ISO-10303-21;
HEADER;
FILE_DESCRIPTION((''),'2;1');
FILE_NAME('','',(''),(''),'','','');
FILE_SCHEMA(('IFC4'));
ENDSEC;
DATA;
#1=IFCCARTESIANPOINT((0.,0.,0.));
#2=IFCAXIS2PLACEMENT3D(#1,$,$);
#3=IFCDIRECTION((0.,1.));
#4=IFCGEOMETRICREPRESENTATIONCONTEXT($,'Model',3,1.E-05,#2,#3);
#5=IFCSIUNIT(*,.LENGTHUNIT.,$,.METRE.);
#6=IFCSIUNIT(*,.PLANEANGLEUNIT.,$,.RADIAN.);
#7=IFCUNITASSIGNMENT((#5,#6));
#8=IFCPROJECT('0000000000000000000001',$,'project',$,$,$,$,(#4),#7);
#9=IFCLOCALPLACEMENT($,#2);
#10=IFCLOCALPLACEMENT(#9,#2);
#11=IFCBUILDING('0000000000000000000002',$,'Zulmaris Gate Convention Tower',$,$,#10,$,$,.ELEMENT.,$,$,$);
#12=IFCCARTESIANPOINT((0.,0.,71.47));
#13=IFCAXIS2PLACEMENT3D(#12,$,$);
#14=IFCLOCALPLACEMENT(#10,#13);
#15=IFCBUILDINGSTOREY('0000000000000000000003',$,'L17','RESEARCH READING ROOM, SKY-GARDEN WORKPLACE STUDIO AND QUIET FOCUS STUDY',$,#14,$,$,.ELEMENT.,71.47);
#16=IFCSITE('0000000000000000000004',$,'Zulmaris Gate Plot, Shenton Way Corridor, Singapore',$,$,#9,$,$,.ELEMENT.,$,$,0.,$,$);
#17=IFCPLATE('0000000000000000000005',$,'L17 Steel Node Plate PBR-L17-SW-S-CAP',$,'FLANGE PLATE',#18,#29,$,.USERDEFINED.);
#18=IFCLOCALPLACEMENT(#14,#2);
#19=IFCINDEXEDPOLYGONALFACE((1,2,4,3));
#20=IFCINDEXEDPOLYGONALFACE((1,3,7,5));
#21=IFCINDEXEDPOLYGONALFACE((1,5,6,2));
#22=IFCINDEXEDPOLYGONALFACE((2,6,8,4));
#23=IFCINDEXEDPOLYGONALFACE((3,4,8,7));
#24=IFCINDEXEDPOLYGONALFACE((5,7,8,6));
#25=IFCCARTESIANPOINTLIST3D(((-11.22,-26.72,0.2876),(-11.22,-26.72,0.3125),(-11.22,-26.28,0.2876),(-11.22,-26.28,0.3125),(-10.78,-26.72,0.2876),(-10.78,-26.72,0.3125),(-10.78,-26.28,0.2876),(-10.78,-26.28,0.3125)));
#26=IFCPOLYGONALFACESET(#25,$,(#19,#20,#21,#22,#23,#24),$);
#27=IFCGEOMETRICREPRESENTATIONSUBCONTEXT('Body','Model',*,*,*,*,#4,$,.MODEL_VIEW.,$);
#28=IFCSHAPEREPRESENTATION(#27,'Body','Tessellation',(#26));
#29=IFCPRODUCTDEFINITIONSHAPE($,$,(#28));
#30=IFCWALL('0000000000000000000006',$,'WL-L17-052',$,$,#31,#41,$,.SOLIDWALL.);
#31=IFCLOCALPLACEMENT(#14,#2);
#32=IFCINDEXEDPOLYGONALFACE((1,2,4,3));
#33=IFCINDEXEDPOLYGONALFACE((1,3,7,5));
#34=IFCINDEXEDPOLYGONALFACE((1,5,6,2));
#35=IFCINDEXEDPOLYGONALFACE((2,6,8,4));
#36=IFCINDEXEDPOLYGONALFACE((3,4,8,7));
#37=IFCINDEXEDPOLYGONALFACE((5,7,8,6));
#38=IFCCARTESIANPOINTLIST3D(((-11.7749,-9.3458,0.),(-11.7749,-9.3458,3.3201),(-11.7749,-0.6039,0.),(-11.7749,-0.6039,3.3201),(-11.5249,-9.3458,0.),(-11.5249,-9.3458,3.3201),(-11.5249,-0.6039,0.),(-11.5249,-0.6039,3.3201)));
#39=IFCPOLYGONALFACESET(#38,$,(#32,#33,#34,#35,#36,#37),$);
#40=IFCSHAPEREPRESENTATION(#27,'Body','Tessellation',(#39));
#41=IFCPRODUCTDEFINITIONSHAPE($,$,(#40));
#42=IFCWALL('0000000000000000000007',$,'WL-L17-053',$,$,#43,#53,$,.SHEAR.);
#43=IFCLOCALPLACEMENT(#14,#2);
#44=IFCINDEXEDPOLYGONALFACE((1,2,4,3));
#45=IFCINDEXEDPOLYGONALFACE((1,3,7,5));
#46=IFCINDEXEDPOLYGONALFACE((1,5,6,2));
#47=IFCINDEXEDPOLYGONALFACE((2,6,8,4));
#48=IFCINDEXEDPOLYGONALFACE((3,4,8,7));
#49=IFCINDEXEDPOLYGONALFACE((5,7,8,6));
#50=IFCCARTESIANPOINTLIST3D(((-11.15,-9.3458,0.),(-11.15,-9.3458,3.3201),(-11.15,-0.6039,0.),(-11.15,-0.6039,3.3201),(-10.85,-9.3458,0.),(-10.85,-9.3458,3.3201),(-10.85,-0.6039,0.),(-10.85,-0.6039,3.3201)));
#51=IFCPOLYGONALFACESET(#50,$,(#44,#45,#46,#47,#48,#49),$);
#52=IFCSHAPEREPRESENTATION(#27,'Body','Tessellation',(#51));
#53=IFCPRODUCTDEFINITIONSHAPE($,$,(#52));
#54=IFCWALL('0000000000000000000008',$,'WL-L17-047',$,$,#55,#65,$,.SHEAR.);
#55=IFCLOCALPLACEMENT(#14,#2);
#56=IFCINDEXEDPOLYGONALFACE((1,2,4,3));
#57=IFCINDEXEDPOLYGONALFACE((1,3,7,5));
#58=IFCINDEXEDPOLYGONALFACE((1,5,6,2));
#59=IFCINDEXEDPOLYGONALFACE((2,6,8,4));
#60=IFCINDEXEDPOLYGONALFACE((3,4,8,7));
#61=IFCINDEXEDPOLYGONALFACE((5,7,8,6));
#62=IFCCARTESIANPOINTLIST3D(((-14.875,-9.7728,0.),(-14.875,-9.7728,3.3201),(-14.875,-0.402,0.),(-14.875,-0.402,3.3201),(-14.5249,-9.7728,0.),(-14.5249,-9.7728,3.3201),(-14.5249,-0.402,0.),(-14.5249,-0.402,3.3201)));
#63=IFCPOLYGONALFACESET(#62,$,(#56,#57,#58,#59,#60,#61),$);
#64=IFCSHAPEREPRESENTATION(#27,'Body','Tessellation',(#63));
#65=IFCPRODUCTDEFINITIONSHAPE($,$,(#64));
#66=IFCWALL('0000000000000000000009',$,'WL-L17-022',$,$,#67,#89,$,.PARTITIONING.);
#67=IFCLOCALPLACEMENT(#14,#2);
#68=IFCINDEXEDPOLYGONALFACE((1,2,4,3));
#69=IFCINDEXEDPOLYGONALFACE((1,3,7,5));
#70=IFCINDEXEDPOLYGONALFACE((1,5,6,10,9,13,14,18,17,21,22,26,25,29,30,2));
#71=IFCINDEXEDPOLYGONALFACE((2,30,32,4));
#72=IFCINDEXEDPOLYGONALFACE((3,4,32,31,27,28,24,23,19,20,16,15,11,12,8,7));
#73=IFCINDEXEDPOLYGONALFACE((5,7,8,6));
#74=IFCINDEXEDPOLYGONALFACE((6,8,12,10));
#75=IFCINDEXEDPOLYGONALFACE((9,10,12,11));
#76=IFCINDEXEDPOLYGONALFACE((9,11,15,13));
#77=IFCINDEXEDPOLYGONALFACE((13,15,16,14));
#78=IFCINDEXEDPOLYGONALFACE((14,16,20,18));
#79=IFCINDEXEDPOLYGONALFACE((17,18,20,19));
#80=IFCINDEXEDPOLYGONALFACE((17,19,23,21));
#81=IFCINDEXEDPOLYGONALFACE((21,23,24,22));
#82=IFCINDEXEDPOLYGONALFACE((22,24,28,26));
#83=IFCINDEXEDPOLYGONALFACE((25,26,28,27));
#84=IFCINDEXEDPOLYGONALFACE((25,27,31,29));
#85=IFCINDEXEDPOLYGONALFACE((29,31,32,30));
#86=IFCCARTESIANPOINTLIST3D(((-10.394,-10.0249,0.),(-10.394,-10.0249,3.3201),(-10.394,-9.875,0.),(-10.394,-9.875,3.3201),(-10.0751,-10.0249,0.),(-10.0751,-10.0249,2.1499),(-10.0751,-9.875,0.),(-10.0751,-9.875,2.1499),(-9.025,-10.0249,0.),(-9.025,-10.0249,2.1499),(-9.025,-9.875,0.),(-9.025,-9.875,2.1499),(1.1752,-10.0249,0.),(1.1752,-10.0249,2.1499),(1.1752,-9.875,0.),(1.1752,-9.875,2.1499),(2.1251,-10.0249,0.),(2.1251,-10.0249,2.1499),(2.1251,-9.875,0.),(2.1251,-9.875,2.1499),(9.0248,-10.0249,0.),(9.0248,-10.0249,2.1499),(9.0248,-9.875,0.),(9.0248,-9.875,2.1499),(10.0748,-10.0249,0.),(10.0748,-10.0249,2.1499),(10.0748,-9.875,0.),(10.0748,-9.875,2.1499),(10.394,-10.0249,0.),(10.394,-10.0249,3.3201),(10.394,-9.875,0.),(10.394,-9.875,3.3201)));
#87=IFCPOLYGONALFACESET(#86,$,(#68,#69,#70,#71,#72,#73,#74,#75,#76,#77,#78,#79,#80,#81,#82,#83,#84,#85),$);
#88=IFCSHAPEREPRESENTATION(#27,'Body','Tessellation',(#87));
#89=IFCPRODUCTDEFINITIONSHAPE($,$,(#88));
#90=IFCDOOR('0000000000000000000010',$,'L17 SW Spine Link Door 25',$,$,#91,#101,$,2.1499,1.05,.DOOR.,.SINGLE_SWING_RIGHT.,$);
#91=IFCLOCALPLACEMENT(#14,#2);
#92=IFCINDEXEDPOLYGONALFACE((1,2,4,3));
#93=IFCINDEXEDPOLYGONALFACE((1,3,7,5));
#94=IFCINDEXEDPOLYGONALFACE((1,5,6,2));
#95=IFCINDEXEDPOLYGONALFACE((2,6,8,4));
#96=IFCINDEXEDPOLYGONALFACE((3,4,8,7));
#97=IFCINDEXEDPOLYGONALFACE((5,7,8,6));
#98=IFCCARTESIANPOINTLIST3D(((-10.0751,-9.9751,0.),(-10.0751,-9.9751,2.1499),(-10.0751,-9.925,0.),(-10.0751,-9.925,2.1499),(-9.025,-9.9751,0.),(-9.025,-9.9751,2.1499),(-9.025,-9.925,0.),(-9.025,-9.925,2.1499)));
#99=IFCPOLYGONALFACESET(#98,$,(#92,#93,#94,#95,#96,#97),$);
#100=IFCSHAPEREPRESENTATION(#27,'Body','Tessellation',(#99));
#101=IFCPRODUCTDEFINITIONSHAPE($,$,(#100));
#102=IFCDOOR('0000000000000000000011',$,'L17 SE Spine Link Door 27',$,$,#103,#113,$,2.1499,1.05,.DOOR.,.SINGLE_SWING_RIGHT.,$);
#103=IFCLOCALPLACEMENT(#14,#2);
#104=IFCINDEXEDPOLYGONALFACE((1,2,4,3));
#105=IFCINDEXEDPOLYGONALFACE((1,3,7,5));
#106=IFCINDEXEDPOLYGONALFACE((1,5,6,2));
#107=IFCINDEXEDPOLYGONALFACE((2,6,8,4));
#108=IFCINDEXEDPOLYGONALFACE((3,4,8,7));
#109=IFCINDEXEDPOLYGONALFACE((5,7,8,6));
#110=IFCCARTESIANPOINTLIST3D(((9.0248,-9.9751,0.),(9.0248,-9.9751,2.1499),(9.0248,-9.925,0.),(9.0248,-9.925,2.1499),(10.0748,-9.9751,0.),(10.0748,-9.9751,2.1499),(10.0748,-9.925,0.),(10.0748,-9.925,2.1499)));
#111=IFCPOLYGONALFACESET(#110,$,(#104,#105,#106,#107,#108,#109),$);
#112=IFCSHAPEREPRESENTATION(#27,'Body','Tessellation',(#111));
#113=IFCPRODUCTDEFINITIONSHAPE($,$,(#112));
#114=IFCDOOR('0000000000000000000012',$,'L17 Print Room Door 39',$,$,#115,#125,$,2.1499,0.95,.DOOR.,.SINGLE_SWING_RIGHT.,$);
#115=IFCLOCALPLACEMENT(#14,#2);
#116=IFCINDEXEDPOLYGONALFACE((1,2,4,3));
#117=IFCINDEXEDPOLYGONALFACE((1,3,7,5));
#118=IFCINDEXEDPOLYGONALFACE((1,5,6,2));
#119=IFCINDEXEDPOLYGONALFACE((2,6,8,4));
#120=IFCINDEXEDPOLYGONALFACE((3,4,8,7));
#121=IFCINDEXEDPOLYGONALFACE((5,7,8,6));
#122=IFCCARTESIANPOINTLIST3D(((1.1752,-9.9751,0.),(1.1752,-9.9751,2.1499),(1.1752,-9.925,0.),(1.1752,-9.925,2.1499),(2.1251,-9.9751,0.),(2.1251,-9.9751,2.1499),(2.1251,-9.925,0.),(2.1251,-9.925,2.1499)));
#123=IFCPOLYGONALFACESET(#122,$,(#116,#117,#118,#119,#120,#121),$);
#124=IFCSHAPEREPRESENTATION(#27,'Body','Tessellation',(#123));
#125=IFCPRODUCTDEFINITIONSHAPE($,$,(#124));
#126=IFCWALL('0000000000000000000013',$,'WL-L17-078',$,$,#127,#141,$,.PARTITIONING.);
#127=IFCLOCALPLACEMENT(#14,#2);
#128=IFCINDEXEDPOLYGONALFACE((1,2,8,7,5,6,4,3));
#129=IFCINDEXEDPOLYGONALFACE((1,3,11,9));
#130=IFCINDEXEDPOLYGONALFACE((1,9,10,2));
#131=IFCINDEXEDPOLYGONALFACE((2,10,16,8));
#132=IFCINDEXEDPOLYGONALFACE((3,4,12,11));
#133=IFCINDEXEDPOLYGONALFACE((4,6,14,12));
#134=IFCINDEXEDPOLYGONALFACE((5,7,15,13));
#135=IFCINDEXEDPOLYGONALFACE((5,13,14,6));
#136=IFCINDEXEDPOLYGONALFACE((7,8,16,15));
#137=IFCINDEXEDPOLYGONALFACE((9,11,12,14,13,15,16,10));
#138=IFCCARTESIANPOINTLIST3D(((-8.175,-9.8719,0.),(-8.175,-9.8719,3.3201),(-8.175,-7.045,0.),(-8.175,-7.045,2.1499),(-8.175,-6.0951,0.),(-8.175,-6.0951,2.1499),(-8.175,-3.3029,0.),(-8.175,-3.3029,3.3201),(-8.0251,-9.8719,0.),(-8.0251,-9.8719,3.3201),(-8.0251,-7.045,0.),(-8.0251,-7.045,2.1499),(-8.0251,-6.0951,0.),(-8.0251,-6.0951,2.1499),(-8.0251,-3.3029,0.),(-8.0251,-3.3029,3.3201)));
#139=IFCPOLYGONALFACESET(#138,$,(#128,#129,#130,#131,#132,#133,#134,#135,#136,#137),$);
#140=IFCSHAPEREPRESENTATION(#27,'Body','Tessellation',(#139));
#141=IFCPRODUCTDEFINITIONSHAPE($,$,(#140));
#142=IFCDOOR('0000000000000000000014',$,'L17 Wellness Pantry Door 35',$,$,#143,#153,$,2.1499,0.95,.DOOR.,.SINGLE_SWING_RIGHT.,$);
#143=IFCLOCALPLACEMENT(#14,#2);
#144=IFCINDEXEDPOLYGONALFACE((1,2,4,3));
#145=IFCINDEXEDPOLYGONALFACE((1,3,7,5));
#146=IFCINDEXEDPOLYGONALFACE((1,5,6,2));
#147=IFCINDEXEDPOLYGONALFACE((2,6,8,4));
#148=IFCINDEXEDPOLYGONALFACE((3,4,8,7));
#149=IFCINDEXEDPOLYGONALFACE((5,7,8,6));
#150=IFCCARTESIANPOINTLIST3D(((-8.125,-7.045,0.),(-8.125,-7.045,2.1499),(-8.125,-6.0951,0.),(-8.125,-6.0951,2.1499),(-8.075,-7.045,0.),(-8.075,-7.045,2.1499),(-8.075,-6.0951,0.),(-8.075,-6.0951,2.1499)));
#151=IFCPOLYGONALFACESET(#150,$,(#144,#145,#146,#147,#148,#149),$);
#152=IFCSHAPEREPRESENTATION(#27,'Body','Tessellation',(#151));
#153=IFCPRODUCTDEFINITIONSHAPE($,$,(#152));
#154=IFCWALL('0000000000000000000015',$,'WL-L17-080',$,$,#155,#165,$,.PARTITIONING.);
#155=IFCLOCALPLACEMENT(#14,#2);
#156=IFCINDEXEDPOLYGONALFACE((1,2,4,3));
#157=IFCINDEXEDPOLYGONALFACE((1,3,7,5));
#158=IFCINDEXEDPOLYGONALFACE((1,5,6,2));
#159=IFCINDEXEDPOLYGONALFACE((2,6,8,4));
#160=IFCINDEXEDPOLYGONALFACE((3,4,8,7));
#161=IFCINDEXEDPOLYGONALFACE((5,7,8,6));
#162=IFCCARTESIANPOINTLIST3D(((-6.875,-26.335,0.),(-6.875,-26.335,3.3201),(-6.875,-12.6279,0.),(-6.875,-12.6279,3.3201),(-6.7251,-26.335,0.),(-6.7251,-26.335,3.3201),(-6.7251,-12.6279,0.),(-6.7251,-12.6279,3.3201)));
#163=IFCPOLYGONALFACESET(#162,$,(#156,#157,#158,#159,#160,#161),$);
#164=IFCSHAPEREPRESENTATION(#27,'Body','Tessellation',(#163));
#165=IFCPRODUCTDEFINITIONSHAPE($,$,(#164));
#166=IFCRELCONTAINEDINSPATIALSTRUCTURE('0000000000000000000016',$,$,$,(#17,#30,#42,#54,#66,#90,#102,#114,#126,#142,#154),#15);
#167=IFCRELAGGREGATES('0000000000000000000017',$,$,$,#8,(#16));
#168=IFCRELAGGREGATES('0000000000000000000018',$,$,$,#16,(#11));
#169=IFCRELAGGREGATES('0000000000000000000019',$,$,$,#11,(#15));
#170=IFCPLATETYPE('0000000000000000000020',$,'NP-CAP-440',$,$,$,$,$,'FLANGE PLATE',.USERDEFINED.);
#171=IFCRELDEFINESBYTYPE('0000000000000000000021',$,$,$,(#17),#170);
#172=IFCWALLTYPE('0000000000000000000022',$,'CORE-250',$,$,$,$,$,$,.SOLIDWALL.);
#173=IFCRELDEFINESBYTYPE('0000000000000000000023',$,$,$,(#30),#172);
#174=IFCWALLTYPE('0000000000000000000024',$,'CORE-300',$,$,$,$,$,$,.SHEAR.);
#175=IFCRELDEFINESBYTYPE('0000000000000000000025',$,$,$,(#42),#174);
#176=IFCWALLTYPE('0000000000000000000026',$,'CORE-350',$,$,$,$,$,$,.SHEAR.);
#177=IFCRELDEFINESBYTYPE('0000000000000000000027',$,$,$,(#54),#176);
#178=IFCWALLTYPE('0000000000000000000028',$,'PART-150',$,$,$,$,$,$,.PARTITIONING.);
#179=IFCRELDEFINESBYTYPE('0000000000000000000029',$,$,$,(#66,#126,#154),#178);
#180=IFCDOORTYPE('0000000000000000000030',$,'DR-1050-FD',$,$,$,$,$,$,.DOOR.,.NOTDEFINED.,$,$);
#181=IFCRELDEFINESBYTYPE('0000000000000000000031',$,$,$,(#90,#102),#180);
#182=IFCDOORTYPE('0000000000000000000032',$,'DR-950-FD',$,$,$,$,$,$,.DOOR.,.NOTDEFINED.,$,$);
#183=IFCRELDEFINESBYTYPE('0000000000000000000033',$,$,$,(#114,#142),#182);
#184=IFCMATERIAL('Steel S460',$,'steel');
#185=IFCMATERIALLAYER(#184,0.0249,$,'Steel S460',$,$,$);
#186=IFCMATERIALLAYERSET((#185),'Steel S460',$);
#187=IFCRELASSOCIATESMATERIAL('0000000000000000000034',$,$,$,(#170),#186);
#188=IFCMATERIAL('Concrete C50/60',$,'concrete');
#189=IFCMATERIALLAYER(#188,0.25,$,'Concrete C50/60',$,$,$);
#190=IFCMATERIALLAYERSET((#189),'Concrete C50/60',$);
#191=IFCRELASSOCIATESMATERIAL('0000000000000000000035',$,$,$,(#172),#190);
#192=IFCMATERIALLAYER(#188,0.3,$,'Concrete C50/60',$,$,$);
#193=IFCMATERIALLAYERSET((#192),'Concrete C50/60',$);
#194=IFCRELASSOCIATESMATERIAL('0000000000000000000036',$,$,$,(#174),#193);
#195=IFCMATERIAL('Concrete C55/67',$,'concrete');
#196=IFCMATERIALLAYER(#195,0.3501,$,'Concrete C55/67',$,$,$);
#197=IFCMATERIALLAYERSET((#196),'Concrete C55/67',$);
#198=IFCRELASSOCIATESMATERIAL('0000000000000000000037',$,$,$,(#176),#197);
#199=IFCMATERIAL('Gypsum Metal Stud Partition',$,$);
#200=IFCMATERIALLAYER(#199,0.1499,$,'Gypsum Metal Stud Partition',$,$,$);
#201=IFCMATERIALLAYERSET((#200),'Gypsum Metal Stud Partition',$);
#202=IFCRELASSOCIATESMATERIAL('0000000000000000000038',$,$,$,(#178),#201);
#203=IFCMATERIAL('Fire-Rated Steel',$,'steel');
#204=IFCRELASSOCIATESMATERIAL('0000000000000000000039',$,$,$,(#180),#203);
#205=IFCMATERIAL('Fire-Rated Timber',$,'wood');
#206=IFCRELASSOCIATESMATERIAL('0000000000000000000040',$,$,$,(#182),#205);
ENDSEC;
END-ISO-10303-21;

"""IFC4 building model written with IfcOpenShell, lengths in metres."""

from ifc_helpers import new_model, si_unit, direction, frame, frame_2d, origin, origin_2d, place, context, subcontext, project, spatial, rectangle, extrude, material, layer, layer_set, type_object, element, fill, save


model = new_model("IFC4")

# Units and contexts
model_context = context("Model", 3, precision=1e-05, world=origin(), true_north=direction((0.0, 1.0)))
body_context = subcontext(model_context, "Body", "Model", "MODEL_VIEW")
ifc_project = project(units=[si_unit("LENGTHUNIT", "METRE"), si_unit("PLANEANGLEUNIT", "RADIAN")], contexts=[model_context])

# Site, building, storey
site_placement = place(None, origin())
site = spatial("IfcSite", under=ifc_project, at=site_placement, Name="Zulmaris Gate Plot, Shenton Way Corridor, Singapore", CompositionType="ELEMENT", RefElevation=0.0)
building_placement = place(site_placement, origin())
building = spatial("IfcBuilding", under=site, at=building_placement, Name="Zulmaris Gate Convention Tower", CompositionType="ELEMENT")
storey_placement = place(building_placement, frame((0.0, 0.0, 71.47)))
storey = spatial("IfcBuildingStorey", under=building, at=storey_placement, Name="L17", Description="RESEARCH READING ROOM, SKY-GARDEN WORKPLACE STUDIO AND QUIET FOCUS STUDY", CompositionType="ELEMENT", Elevation=71.47)

# Shared definitions
ifc_material_1 = material(Name="Steel S460", Category="steel")

# Plate
ifc_layer_1 = layer(ifc_material_1, 0.0249, Name="Steel S460")
ifc_layer_set_1 = layer_set([ifc_layer_1], Name="Steel S460")
plate_type = type_object("IfcPlateType", Name="NP-CAP-440", ElementType="FLANGE PLATE", PredefinedType="USERDEFINED", material=ifc_layer_set_1)
plate_placement = place(storey_placement, frame((-11.0, -26.5, 0.2876), z_axis=(0.0, 0.0, 1.0), x_axis=(1.0, 0.0, 0.0)))
element("IfcPlate", 1, at=plate_placement, inside=storey, type_object=plate_type, Name="L17 Steel Node Plate PBR-L17-SW-S-CAP", ObjectType="FLANGE PLATE", PredefinedType="USERDEFINED", context=body_context, shape_type="SweptSolid", body=[
    extrude(rectangle(XDim=0.4399, YDim=0.4399, at=origin_2d()), origin(), (0.0, 0.0, 1.0), 0.0249),
])

# Walls
ifc_material_2 = material(Name="Concrete C50/60", Category="concrete")
ifc_layer_2 = layer(ifc_material_2, 0.25, Name="Concrete C50/60")
ifc_layer_set_2 = layer_set([ifc_layer_2], Name="Concrete C50/60")
wall_type_1 = type_object("IfcWallType", Name="CORE-250", PredefinedType="SOLIDWALL", material=ifc_layer_set_2)
wall_1_placement = place(storey_placement, frame((-11.6499, -9.3459, 0.0), z_axis=(0.0, 0.0, 1.0), x_axis=(0.0, 1.0, 0.0)))
element("IfcWall", 2, at=wall_1_placement, inside=storey, type_object=wall_type_1, Name="WL-L17-052", PredefinedType="SOLIDWALL", context=body_context, shape_type="SweptSolid", body=[
    extrude(rectangle(XDim=8.7419, YDim=0.25, at=frame_2d((4.3711, 0.0))), origin(), (0.0, 0.0, 1.0), 3.3201),
])
ifc_layer_3 = layer(ifc_material_2, 0.3, Name="Concrete C50/60")
ifc_layer_set_3 = layer_set([ifc_layer_3], Name="Concrete C50/60")
wall_type_2 = type_object("IfcWallType", Name="CORE-300", PredefinedType="SHEAR", material=ifc_layer_set_3)
wall_2_placement = place(storey_placement, frame((-11.0, -9.3459, 0.0), z_axis=(0.0, 0.0, 1.0), x_axis=(0.0, 1.0, 0.0)))
element("IfcWall", 3, at=wall_2_placement, inside=storey, type_object=wall_type_2, Name="WL-L17-053", PredefinedType="SHEAR", context=body_context, shape_type="SweptSolid", body=[
    extrude(rectangle(XDim=8.7419, YDim=0.3, at=frame_2d((4.3711, 0.0))), origin(), (0.0, 0.0, 1.0), 3.3201),
])
ifc_material_3 = material(Name="Concrete C55/67", Category="concrete")
ifc_layer_4 = layer(ifc_material_3, 0.3501, Name="Concrete C55/67")
ifc_layer_set_4 = layer_set([ifc_layer_4], Name="Concrete C55/67")
wall_type_3 = type_object("IfcWallType", Name="CORE-350", PredefinedType="SHEAR", material=ifc_layer_set_4)
wall_3_placement = place(storey_placement, frame((-14.7, -9.7729, 0.0), z_axis=(0.0, 0.0, 1.0), x_axis=(0.0, 1.0, 0.0)))
element("IfcWall", 4, at=wall_3_placement, inside=storey, type_object=wall_type_3, Name="WL-L17-047", PredefinedType="SHEAR", context=body_context, shape_type="SweptSolid", body=[
    extrude(rectangle(XDim=9.3708, YDim=0.3501, at=frame_2d((4.6855, 0.0))), origin(), (0.0, 0.0, 1.0), 3.3201),
])

# Wall, openings, doors
ifc_material_4 = material(Name="Gypsum Metal Stud Partition")
ifc_layer_5 = layer(ifc_material_4, 0.1499, Name="Gypsum Metal Stud Partition")
ifc_layer_set_5 = layer_set([ifc_layer_5], Name="Gypsum Metal Stud Partition")
wall_type_4 = type_object("IfcWallType", Name="PART-150", PredefinedType="PARTITIONING", material=ifc_layer_set_5)
wall_4_placement = place(storey_placement, frame((-10.394, -9.95, 0.0), z_axis=(0.0, 0.0, 1.0), x_axis=(1.0, 0.0, 0.0)))
wall_4 = element("IfcWall", 5, at=wall_4_placement, inside=storey, type_object=wall_type_4, Name="WL-L17-022", PredefinedType="PARTITIONING", context=body_context, shape_type="SweptSolid", body=[
    extrude(rectangle(XDim=20.7881, YDim=0.1499, at=frame_2d((10.394, 0.0))), origin(), (0.0, 0.0, 1.0), 3.3201),
])
opening_1_placement = place(wall_4_placement, frame((0.3191, 0.0, 0.0)))
opening_1 = element("IfcOpeningElement", 6, at=opening_1_placement, cuts=wall_4, PredefinedType="OPENING", context=body_context, shape_type="SweptSolid", body=[
    extrude(rectangle(XDim=1.05, YDim=2.1499, at=frame_2d((0.5249, 1.075))), frame((0.0, 0.085, 0.0), z_axis=(0.0, -1.0, 0.0), x_axis=(1.0, 0.0, 0.0)), (0.0, 0.0, 1.0), 0.1699),
])
opening_2_placement = place(wall_4_placement, frame((19.4189, 0.0, 0.0)))
opening_2 = element("IfcOpeningElement", 7, at=opening_2_placement, cuts=wall_4, PredefinedType="OPENING", context=body_context, shape_type="SweptSolid", body=[
    extrude(rectangle(XDim=1.05, YDim=2.1499, at=frame_2d((0.5249, 1.075))), frame((0.0, 0.085, 0.0), z_axis=(0.0, -1.0, 0.0), x_axis=(1.0, 0.0, 0.0)), (0.0, 0.0, 1.0), 0.1699),
])
opening_3_placement = place(wall_4_placement, frame((11.5691, 0.0, 0.0)))
opening_3 = element("IfcOpeningElement", 8, at=opening_3_placement, cuts=wall_4, PredefinedType="OPENING", context=body_context, shape_type="SweptSolid", body=[
    extrude(rectangle(XDim=0.95, YDim=2.1499, at=frame_2d((0.4751, 1.075))), frame((0.0, 0.085, 0.0), z_axis=(0.0, -1.0, 0.0), x_axis=(1.0, 0.0, 0.0)), (0.0, 0.0, 1.0), 0.1699),
])
ifc_material_5 = material(Name="Fire-Rated Steel", Category="steel")
door_type_1 = type_object("IfcDoorType", Name="DR-1050-FD", OperationType="NOTDEFINED", PredefinedType="DOOR", material=ifc_material_5)
door_1_placement = place(opening_1_placement, origin())
door_1 = element("IfcDoor", 9, at=door_1_placement, inside=storey, type_object=door_type_1, Name="L17 SW Spine Link Door 25", OperationType="SINGLE_SWING_RIGHT", OverallHeight=2.1499, OverallWidth=1.05, PredefinedType="DOOR", context=body_context, shape_type="SweptSolid", body=[
    extrude(rectangle(XDim=1.05, YDim=2.1499, at=frame_2d((0.5249, 1.075))), frame((0.0, 0.0249, 0.0), z_axis=(0.0, -1.0, 0.0), x_axis=(1.0, 0.0, 0.0)), (0.0, 0.0, 1.0), 0.05),
])
fill(opening_1, door_1)
door_2_placement = place(opening_2_placement, origin())
door_2 = element("IfcDoor", 10, at=door_2_placement, inside=storey, type_object=door_type_1, Name="L17 SE Spine Link Door 27", OperationType="SINGLE_SWING_RIGHT", OverallHeight=2.1499, OverallWidth=1.05, PredefinedType="DOOR", context=body_context, shape_type="SweptSolid", body=[
    extrude(rectangle(XDim=1.05, YDim=2.1499, at=frame_2d((0.5249, 1.075))), frame((0.0, 0.0249, 0.0), z_axis=(0.0, -1.0, 0.0), x_axis=(1.0, 0.0, 0.0)), (0.0, 0.0, 1.0), 0.05),
])
fill(opening_2, door_2)
ifc_material_6 = material(Name="Fire-Rated Timber", Category="wood")
door_type_2 = type_object("IfcDoorType", Name="DR-950-FD", OperationType="NOTDEFINED", PredefinedType="DOOR", material=ifc_material_6)
door_3_placement = place(opening_3_placement, origin())
door_3 = element("IfcDoor", 11, at=door_3_placement, inside=storey, type_object=door_type_2, Name="L17 Print Room Door 39", OperationType="SINGLE_SWING_RIGHT", OverallHeight=2.1499, OverallWidth=0.95, PredefinedType="DOOR", context=body_context, shape_type="SweptSolid", body=[
    extrude(rectangle(XDim=0.95, YDim=2.1499, at=frame_2d((0.4751, 1.075))), frame((0.0, 0.0249, 0.0), z_axis=(0.0, -1.0, 0.0), x_axis=(1.0, 0.0, 0.0)), (0.0, 0.0, 1.0), 0.05),
])
fill(opening_3, door_3)

# Wall, opening, door
wall_5_placement = place(storey_placement, frame((-8.1001, -9.8721, 0.0), z_axis=(0.0, 0.0, 1.0), x_axis=(0.0, 1.0, 0.0)))
wall_5 = element("IfcWall", 12, at=wall_5_placement, inside=storey, type_object=wall_type_4, Name="WL-L17-078", PredefinedType="PARTITIONING", context=body_context, shape_type="SweptSolid", body=[
    extrude(rectangle(XDim=6.5691, YDim=0.1499, at=frame_2d((3.2847, 0.0))), origin(), (0.0, 0.0, 1.0), 3.3201),
])
opening_4_placement = place(wall_5_placement, frame((2.8269, 0.0, 0.0)))
opening_4 = element("IfcOpeningElement", 13, at=opening_4_placement, cuts=wall_5, PredefinedType="OPENING", context=body_context, shape_type="SweptSolid", body=[
    extrude(rectangle(XDim=0.95, YDim=2.1499, at=frame_2d((0.4751, 1.075))), frame((0.0, 0.085, 0.0), z_axis=(0.0, -1.0, 0.0), x_axis=(1.0, 0.0, 0.0)), (0.0, 0.0, 1.0), 0.1699),
])
door_4_placement = place(opening_4_placement, origin())
door_4 = element("IfcDoor", 14, at=door_4_placement, inside=storey, type_object=door_type_2, Name="L17 Wellness Pantry Door 35", OperationType="SINGLE_SWING_RIGHT", OverallHeight=2.1499, OverallWidth=0.95, PredefinedType="DOOR", context=body_context, shape_type="SweptSolid", body=[
    extrude(rectangle(XDim=0.95, YDim=2.1499, at=frame_2d((0.4751, 1.075))), frame((0.0, 0.0249, 0.0), z_axis=(0.0, -1.0, 0.0), x_axis=(1.0, 0.0, 0.0)), (0.0, 0.0, 1.0), 0.05),
])
fill(opening_4, door_4)

# Wall
wall_6_placement = place(storey_placement, frame((-6.8, -26.335, 0.0), z_axis=(0.0, 0.0, 1.0), x_axis=(0.0, 1.0, 0.0)))
element("IfcWall", 15, at=wall_6_placement, inside=storey, type_object=wall_type_4, Name="WL-L17-080", PredefinedType="PARTITIONING", context=body_context, shape_type="SweptSolid", body=[
    extrude(rectangle(XDim=13.707, YDim=0.1499, at=frame_2d((6.8535, 0.0))), origin(), (0.0, 0.0, 1.0), 3.3201),
])

save(model, "model.ifc")
